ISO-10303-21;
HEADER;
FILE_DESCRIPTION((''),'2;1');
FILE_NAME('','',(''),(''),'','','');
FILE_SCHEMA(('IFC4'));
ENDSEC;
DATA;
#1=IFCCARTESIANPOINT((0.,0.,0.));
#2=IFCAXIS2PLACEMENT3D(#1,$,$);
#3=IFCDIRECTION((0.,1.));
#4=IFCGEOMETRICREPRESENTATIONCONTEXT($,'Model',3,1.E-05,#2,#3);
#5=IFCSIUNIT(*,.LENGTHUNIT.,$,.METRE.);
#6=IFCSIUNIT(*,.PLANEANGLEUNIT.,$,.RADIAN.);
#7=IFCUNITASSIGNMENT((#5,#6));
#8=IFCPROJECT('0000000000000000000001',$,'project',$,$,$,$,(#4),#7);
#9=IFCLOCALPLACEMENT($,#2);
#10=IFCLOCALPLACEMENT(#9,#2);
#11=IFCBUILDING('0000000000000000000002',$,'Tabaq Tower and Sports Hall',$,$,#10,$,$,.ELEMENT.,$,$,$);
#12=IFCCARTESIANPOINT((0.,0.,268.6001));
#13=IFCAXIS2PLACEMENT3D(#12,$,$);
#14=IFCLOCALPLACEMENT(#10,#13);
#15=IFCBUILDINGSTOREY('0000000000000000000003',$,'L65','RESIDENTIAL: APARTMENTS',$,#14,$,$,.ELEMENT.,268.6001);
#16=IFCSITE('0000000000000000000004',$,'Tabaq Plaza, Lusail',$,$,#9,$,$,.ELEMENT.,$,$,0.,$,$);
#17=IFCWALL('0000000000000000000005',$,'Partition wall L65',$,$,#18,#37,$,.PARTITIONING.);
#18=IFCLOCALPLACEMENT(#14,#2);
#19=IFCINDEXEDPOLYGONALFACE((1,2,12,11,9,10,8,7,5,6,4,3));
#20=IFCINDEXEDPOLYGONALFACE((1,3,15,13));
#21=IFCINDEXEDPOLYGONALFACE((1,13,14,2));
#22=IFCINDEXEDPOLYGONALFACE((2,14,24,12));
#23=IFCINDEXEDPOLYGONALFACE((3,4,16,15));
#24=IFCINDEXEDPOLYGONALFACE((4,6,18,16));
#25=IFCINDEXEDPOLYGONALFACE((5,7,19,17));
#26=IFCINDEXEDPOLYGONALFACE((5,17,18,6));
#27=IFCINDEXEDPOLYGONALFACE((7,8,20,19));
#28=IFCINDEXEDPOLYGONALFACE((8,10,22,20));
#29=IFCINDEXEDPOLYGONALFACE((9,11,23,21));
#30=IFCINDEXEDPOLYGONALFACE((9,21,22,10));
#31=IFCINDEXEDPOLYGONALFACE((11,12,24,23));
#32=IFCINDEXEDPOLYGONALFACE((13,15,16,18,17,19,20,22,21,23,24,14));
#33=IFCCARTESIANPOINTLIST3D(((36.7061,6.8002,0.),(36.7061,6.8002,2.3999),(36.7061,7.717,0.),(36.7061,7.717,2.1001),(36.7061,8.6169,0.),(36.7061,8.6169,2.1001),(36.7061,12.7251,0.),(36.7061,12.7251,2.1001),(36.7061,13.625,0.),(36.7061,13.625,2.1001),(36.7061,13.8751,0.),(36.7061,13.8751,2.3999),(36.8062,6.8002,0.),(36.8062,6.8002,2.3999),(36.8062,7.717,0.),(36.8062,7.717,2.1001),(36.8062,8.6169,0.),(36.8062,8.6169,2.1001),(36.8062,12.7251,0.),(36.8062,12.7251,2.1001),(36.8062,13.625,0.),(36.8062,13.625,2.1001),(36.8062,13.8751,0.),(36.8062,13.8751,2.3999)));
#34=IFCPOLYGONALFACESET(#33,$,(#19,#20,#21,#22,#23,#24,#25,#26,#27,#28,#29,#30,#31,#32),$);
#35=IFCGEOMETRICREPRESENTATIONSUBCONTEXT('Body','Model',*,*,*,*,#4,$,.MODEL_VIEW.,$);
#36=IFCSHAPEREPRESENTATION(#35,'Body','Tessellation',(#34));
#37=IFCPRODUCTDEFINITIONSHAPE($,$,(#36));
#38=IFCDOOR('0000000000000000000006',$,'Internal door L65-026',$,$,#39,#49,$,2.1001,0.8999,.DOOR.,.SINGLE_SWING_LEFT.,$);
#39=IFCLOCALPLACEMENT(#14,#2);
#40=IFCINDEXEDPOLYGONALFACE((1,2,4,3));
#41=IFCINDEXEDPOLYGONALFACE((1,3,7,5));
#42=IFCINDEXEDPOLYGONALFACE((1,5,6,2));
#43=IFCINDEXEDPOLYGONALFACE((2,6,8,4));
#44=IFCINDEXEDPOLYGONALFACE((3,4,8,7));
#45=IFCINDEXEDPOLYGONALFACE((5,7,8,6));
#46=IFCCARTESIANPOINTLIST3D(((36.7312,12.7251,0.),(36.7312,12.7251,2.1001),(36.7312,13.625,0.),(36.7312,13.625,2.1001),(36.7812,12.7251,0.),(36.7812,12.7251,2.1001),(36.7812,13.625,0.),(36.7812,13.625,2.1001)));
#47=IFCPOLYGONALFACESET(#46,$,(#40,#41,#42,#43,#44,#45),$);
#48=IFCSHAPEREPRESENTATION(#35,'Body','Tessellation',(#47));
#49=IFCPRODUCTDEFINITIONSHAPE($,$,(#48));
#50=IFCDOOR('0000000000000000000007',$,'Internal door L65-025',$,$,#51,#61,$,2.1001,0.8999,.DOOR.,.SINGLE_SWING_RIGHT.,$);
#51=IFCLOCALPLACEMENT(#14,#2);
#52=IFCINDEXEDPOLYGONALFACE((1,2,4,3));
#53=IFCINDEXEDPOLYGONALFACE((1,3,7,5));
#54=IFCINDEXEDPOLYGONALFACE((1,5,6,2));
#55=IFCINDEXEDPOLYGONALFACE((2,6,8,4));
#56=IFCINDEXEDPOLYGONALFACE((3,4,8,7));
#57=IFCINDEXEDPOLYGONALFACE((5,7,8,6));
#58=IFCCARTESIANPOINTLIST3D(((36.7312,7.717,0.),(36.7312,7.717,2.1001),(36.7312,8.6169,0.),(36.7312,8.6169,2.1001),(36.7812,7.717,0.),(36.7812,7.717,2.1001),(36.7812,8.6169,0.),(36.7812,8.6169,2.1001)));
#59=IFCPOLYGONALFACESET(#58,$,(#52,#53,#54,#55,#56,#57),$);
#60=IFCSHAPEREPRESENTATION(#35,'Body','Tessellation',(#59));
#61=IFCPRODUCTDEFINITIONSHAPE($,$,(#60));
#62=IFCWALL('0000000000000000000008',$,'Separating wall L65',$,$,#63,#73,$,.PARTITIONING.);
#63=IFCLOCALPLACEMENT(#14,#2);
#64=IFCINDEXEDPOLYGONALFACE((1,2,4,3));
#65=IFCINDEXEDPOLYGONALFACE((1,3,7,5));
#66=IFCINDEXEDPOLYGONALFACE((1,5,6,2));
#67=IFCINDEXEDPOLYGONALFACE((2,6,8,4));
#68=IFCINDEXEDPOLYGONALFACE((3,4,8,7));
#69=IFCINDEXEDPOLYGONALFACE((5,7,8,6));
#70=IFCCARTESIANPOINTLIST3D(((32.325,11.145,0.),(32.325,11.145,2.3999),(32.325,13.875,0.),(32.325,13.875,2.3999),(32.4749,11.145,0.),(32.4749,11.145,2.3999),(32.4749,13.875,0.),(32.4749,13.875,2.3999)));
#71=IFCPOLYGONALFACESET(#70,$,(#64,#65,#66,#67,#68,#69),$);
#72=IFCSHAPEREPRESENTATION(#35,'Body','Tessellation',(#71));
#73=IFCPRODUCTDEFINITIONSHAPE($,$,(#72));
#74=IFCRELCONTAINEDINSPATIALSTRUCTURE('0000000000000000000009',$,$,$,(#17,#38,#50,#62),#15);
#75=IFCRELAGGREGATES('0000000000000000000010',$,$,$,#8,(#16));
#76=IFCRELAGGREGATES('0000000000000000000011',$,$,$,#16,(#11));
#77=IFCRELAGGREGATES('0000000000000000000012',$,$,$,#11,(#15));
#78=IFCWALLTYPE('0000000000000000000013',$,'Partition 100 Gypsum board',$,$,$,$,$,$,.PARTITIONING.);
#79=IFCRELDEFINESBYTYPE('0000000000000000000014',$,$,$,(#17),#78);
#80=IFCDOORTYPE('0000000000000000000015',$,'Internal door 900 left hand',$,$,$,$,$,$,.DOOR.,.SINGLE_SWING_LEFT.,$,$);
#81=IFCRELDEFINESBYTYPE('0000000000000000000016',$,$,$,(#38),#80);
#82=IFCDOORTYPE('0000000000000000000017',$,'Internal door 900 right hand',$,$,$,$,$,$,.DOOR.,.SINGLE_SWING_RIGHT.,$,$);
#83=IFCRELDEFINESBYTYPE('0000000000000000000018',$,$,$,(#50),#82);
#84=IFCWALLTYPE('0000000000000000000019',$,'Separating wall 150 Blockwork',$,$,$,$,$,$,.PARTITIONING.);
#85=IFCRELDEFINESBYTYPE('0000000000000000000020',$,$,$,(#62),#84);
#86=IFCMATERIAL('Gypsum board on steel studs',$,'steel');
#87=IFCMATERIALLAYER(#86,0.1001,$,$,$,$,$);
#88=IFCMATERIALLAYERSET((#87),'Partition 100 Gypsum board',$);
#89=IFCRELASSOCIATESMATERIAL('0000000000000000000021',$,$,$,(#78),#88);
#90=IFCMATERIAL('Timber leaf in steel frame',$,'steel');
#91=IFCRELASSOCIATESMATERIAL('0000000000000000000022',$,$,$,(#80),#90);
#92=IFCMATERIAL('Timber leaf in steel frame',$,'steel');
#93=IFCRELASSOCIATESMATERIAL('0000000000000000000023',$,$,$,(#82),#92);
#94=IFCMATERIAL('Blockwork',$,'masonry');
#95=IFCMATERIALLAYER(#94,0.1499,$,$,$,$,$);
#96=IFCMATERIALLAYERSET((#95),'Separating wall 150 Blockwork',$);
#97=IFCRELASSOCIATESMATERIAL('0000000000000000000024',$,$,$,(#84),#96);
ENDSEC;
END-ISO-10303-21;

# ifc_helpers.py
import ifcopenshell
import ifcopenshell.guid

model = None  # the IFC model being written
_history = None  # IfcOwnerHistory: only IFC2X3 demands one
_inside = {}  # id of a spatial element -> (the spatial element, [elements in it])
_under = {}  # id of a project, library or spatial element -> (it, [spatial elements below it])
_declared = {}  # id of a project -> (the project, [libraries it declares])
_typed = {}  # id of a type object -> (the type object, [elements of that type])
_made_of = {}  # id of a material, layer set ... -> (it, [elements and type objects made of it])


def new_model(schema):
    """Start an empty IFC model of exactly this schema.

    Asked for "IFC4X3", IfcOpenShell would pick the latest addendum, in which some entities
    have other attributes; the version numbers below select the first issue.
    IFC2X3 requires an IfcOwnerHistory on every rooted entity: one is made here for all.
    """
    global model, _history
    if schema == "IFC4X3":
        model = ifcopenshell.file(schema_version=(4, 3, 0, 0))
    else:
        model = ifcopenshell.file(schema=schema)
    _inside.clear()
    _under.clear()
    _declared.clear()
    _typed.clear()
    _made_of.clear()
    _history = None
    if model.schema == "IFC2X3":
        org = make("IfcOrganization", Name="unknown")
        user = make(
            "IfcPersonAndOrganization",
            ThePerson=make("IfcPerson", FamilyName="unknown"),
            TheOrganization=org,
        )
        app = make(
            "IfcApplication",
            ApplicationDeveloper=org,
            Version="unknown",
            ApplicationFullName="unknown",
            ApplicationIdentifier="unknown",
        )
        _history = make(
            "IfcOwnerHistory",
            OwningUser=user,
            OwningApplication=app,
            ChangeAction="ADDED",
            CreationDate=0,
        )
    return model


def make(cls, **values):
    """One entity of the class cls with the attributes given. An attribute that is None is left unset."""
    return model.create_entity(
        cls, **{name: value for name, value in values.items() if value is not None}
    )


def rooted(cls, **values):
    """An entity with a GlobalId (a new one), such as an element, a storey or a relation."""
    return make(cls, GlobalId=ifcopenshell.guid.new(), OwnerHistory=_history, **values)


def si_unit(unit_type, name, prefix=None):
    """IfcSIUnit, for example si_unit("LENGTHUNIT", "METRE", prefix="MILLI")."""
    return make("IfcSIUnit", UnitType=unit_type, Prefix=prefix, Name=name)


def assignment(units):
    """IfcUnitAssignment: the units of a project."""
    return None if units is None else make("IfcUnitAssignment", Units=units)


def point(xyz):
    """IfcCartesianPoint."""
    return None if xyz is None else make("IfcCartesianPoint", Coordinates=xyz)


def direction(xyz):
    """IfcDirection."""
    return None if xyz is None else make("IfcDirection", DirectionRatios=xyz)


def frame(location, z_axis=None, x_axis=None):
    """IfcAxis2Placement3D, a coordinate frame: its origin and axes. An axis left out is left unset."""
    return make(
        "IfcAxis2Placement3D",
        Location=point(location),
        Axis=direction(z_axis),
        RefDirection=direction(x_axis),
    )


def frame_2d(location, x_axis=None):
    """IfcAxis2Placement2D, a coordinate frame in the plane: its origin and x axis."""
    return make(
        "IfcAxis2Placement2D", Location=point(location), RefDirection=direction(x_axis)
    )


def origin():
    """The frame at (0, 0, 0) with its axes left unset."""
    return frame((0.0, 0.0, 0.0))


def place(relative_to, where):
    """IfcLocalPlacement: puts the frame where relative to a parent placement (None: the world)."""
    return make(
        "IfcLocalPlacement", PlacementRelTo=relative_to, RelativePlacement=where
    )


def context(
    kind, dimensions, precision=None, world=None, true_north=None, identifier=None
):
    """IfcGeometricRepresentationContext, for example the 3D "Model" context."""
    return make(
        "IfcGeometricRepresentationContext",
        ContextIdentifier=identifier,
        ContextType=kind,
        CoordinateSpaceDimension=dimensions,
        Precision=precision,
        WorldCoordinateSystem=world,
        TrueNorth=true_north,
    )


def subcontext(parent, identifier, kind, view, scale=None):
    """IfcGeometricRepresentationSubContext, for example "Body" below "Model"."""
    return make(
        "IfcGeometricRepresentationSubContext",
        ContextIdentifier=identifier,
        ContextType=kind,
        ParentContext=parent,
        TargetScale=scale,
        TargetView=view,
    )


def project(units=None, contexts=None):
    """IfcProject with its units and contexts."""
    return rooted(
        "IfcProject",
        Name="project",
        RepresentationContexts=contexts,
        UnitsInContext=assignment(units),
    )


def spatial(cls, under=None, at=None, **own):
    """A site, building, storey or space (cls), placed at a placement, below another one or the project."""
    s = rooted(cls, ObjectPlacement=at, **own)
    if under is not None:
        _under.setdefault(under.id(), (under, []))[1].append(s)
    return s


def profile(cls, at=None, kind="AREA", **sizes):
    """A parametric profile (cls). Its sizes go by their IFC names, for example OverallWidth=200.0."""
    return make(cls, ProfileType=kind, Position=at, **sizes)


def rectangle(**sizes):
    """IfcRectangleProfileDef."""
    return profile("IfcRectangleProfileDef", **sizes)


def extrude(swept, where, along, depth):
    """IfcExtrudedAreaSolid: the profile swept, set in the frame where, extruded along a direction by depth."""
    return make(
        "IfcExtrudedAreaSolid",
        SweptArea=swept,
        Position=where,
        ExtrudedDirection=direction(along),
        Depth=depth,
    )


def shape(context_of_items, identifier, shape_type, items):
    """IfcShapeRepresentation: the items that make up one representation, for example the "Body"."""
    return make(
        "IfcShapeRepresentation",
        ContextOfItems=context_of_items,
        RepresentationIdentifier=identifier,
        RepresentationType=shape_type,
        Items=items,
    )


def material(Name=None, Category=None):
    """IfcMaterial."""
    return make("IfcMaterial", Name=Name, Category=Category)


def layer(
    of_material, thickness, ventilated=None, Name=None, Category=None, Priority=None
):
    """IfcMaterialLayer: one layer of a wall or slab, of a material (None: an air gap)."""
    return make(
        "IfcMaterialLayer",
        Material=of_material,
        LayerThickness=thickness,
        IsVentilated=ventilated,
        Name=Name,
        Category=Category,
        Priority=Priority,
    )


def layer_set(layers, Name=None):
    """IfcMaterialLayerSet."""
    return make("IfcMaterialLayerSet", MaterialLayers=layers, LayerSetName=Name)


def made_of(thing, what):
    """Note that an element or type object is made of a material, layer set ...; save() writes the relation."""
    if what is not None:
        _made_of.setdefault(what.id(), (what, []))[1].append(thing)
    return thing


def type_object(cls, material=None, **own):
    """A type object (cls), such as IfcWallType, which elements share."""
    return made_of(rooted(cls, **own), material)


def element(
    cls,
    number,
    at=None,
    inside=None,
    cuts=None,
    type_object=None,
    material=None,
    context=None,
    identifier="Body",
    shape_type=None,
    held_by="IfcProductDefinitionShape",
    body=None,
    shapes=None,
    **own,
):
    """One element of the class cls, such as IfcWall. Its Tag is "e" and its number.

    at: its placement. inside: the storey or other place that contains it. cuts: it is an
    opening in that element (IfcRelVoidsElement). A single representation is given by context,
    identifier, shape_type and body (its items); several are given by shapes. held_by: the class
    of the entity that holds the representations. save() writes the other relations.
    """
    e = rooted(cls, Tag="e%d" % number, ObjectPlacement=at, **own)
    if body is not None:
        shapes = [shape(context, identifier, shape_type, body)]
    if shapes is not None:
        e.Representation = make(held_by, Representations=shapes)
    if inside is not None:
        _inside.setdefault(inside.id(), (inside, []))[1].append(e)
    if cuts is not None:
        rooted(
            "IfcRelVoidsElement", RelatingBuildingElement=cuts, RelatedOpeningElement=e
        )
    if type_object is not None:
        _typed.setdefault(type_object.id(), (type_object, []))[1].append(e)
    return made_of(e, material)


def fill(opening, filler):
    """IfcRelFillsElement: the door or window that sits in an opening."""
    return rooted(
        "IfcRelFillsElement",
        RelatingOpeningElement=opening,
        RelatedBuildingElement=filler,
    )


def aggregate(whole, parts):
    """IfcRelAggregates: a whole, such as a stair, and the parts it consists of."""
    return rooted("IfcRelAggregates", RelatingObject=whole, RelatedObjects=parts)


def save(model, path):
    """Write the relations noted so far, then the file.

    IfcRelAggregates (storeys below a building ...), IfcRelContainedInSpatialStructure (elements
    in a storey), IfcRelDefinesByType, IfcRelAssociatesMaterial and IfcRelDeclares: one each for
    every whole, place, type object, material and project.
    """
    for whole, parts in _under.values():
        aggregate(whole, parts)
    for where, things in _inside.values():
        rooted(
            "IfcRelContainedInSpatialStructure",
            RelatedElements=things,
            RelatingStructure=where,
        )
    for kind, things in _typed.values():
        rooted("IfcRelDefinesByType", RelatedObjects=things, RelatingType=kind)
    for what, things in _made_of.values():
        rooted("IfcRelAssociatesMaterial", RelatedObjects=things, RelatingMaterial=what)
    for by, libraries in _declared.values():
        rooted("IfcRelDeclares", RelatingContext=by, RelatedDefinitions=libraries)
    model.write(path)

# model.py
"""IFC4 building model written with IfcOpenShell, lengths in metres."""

from ifc_helpers import new_model, si_unit, direction, frame, frame_2d, origin, place, context, subcontext, project, spatial, rectangle, extrude, material, layer, layer_set, type_object, element, fill, save


model = new_model("IFC4")

# Units and contexts
model_context = context("Model", 3, precision=1e-05, world=origin(), true_north=direction((0.0, 1.0)))
body_context = subcontext(model_context, "Body", "Model", "MODEL_VIEW")
ifc_project = project(units=[si_unit("LENGTHUNIT", "METRE"), si_unit("PLANEANGLEUNIT", "RADIAN")], contexts=[model_context])

# Site, building, storey
site_placement = place(None, origin())
site = spatial("IfcSite", under=ifc_project, at=site_placement, Name="Tabaq Plaza, Lusail", CompositionType="ELEMENT", RefElevation=0.0)
building_placement = place(site_placement, origin())
building = spatial("IfcBuilding", under=site, at=building_placement, Name="Tabaq Tower and Sports Hall", CompositionType="ELEMENT")
storey_placement = place(building_placement, frame((0.0, 0.0, 268.6001)))
storey = spatial("IfcBuildingStorey", under=building, at=storey_placement, Name="L65", Description="RESIDENTIAL: APARTMENTS", CompositionType="ELEMENT", Elevation=268.6001)

# Shared definitions
ifc_material_1 = material(Name="Gypsum board on steel studs", Category="steel")
ifc_layer_1 = layer(ifc_material_1, 0.1001)
ifc_layer_set_1 = layer_set([ifc_layer_1], Name="Partition 100 Gypsum board")
wall_type_1 = type_object("IfcWallType", Name="Partition 100 Gypsum board", PredefinedType="PARTITIONING", material=ifc_layer_set_1)
ifc_material_2 = material(Name="Timber leaf in steel frame", Category="steel")
door_type_1 = type_object("IfcDoorType", Name="Internal door 900 left hand", OperationType="SINGLE_SWING_LEFT", PredefinedType="DOOR", material=ifc_material_2)

# Wall, openings, doors
wall_1_placement = place(storey_placement, frame((36.7561, 6.8, 0.0), z_axis=(0.0, 0.0, 1.0), x_axis=(0.0, 1.0, 0.0)))
wall_1 = element("IfcWall", 1, at=wall_1_placement, inside=storey, type_object=wall_type_1, Name="Partition wall L65", PredefinedType="PARTITIONING", context=body_context, shape_type="SweptSolid", body=[
    extrude(rectangle(XDim=7.075, YDim=0.1001, at=frame_2d((3.5376, 0.0))), origin(), (0.0, 0.0, 1.0), 2.3999),
])
opening_1_placement = place(wall_1_placement, frame((0.917, 0.0, 0.0)))
opening_1 = element("IfcOpeningElement", 2, at=opening_1_placement, cuts=wall_1, PredefinedType="OPENING", context=body_context, shape_type="SweptSolid", body=[
    extrude(rectangle(XDim=0.8999, YDim=2.1001, at=frame_2d((0.45, 1.05))), frame((0.0, 0.05, 0.0), z_axis=(0.0, -1.0, 0.0), x_axis=(1.0, 0.0, 0.0)), (0.0, 0.0, 1.0), 0.1001),
])
opening_2_placement = place(wall_1_placement, frame((5.925, 0.0, 0.0)))
opening_2 = element("IfcOpeningElement", 3, at=opening_2_placement, cuts=wall_1, PredefinedType="OPENING", context=body_context, shape_type="SweptSolid", body=[
    extrude(rectangle(XDim=0.8999, YDim=2.1001, at=frame_2d((0.45, 1.05))), frame((0.0, 0.05, 0.0), z_axis=(0.0, -1.0, 0.0), x_axis=(1.0, 0.0, 0.0)), (0.0, 0.0, 1.0), 0.1001),
])
door_1_placement = place(opening_2_placement, origin())
door_1 = element("IfcDoor", 4, at=door_1_placement, inside=storey, type_object=door_type_1, Name="Internal door L65-026", OperationType="SINGLE_SWING_LEFT", OverallHeight=2.1001, OverallWidth=0.8999, PredefinedType="DOOR", context=body_context, shape_type="SweptSolid", body=[
    extrude(rectangle(XDim=0.8999, YDim=2.1001, at=frame_2d((0.45, 1.05))), frame((0.0, 0.0249, 0.0), z_axis=(0.0, -1.0, 0.0), x_axis=(1.0, 0.0, 0.0)), (0.0, 0.0, 1.0), 0.05),
])
fill(opening_2, door_1)
ifc_material_3 = material(Name="Timber leaf in steel frame", Category="steel")
door_type_2 = type_object("IfcDoorType", Name="Internal door 900 right hand", OperationType="SINGLE_SWING_RIGHT", PredefinedType="DOOR", material=ifc_material_3)
door_2_placement = place(opening_1_placement, origin())
door_2 = element("IfcDoor", 5, at=door_2_placement, inside=storey, type_object=door_type_2, Name="Internal door L65-025", OperationType="SINGLE_SWING_RIGHT", OverallHeight=2.1001, OverallWidth=0.8999, PredefinedType="DOOR", context=body_context, shape_type="SweptSolid", body=[
    extrude(rectangle(XDim=0.8999, YDim=2.1001, at=frame_2d((0.45, 1.05))), frame((0.0, 0.0249, 0.0), z_axis=(0.0, -1.0, 0.0), x_axis=(1.0, 0.0, 0.0)), (0.0, 0.0, 1.0), 0.05),
])
fill(opening_1, door_2)

# Wall
ifc_material_4 = material(Name="Blockwork", Category="masonry")
ifc_layer_2 = layer(ifc_material_4, 0.1499)
ifc_layer_set_2 = layer_set([ifc_layer_2], Name="Separating wall 150 Blockwork")
wall_type_2 = type_object("IfcWallType", Name="Separating wall 150 Blockwork", PredefinedType="PARTITIONING", material=ifc_layer_set_2)
wall_2_placement = place(storey_placement, frame((32.3999, 11.145, 0.0), z_axis=(0.0, 0.0, 1.0), x_axis=(0.0, 1.0, 0.0)))
element("IfcWall", 6, at=wall_2_placement, inside=storey, type_object=wall_type_2, Name="Separating wall L65", PredefinedType="PARTITIONING", context=body_context, shape_type="SweptSolid", body=[
    extrude(rectangle(XDim=2.73, YDim=0.1499, at=frame_2d((1.365, 0.0))), origin(), (0.0, 0.0, 1.0), 2.3999),
])

save(model, "model.ifc")
